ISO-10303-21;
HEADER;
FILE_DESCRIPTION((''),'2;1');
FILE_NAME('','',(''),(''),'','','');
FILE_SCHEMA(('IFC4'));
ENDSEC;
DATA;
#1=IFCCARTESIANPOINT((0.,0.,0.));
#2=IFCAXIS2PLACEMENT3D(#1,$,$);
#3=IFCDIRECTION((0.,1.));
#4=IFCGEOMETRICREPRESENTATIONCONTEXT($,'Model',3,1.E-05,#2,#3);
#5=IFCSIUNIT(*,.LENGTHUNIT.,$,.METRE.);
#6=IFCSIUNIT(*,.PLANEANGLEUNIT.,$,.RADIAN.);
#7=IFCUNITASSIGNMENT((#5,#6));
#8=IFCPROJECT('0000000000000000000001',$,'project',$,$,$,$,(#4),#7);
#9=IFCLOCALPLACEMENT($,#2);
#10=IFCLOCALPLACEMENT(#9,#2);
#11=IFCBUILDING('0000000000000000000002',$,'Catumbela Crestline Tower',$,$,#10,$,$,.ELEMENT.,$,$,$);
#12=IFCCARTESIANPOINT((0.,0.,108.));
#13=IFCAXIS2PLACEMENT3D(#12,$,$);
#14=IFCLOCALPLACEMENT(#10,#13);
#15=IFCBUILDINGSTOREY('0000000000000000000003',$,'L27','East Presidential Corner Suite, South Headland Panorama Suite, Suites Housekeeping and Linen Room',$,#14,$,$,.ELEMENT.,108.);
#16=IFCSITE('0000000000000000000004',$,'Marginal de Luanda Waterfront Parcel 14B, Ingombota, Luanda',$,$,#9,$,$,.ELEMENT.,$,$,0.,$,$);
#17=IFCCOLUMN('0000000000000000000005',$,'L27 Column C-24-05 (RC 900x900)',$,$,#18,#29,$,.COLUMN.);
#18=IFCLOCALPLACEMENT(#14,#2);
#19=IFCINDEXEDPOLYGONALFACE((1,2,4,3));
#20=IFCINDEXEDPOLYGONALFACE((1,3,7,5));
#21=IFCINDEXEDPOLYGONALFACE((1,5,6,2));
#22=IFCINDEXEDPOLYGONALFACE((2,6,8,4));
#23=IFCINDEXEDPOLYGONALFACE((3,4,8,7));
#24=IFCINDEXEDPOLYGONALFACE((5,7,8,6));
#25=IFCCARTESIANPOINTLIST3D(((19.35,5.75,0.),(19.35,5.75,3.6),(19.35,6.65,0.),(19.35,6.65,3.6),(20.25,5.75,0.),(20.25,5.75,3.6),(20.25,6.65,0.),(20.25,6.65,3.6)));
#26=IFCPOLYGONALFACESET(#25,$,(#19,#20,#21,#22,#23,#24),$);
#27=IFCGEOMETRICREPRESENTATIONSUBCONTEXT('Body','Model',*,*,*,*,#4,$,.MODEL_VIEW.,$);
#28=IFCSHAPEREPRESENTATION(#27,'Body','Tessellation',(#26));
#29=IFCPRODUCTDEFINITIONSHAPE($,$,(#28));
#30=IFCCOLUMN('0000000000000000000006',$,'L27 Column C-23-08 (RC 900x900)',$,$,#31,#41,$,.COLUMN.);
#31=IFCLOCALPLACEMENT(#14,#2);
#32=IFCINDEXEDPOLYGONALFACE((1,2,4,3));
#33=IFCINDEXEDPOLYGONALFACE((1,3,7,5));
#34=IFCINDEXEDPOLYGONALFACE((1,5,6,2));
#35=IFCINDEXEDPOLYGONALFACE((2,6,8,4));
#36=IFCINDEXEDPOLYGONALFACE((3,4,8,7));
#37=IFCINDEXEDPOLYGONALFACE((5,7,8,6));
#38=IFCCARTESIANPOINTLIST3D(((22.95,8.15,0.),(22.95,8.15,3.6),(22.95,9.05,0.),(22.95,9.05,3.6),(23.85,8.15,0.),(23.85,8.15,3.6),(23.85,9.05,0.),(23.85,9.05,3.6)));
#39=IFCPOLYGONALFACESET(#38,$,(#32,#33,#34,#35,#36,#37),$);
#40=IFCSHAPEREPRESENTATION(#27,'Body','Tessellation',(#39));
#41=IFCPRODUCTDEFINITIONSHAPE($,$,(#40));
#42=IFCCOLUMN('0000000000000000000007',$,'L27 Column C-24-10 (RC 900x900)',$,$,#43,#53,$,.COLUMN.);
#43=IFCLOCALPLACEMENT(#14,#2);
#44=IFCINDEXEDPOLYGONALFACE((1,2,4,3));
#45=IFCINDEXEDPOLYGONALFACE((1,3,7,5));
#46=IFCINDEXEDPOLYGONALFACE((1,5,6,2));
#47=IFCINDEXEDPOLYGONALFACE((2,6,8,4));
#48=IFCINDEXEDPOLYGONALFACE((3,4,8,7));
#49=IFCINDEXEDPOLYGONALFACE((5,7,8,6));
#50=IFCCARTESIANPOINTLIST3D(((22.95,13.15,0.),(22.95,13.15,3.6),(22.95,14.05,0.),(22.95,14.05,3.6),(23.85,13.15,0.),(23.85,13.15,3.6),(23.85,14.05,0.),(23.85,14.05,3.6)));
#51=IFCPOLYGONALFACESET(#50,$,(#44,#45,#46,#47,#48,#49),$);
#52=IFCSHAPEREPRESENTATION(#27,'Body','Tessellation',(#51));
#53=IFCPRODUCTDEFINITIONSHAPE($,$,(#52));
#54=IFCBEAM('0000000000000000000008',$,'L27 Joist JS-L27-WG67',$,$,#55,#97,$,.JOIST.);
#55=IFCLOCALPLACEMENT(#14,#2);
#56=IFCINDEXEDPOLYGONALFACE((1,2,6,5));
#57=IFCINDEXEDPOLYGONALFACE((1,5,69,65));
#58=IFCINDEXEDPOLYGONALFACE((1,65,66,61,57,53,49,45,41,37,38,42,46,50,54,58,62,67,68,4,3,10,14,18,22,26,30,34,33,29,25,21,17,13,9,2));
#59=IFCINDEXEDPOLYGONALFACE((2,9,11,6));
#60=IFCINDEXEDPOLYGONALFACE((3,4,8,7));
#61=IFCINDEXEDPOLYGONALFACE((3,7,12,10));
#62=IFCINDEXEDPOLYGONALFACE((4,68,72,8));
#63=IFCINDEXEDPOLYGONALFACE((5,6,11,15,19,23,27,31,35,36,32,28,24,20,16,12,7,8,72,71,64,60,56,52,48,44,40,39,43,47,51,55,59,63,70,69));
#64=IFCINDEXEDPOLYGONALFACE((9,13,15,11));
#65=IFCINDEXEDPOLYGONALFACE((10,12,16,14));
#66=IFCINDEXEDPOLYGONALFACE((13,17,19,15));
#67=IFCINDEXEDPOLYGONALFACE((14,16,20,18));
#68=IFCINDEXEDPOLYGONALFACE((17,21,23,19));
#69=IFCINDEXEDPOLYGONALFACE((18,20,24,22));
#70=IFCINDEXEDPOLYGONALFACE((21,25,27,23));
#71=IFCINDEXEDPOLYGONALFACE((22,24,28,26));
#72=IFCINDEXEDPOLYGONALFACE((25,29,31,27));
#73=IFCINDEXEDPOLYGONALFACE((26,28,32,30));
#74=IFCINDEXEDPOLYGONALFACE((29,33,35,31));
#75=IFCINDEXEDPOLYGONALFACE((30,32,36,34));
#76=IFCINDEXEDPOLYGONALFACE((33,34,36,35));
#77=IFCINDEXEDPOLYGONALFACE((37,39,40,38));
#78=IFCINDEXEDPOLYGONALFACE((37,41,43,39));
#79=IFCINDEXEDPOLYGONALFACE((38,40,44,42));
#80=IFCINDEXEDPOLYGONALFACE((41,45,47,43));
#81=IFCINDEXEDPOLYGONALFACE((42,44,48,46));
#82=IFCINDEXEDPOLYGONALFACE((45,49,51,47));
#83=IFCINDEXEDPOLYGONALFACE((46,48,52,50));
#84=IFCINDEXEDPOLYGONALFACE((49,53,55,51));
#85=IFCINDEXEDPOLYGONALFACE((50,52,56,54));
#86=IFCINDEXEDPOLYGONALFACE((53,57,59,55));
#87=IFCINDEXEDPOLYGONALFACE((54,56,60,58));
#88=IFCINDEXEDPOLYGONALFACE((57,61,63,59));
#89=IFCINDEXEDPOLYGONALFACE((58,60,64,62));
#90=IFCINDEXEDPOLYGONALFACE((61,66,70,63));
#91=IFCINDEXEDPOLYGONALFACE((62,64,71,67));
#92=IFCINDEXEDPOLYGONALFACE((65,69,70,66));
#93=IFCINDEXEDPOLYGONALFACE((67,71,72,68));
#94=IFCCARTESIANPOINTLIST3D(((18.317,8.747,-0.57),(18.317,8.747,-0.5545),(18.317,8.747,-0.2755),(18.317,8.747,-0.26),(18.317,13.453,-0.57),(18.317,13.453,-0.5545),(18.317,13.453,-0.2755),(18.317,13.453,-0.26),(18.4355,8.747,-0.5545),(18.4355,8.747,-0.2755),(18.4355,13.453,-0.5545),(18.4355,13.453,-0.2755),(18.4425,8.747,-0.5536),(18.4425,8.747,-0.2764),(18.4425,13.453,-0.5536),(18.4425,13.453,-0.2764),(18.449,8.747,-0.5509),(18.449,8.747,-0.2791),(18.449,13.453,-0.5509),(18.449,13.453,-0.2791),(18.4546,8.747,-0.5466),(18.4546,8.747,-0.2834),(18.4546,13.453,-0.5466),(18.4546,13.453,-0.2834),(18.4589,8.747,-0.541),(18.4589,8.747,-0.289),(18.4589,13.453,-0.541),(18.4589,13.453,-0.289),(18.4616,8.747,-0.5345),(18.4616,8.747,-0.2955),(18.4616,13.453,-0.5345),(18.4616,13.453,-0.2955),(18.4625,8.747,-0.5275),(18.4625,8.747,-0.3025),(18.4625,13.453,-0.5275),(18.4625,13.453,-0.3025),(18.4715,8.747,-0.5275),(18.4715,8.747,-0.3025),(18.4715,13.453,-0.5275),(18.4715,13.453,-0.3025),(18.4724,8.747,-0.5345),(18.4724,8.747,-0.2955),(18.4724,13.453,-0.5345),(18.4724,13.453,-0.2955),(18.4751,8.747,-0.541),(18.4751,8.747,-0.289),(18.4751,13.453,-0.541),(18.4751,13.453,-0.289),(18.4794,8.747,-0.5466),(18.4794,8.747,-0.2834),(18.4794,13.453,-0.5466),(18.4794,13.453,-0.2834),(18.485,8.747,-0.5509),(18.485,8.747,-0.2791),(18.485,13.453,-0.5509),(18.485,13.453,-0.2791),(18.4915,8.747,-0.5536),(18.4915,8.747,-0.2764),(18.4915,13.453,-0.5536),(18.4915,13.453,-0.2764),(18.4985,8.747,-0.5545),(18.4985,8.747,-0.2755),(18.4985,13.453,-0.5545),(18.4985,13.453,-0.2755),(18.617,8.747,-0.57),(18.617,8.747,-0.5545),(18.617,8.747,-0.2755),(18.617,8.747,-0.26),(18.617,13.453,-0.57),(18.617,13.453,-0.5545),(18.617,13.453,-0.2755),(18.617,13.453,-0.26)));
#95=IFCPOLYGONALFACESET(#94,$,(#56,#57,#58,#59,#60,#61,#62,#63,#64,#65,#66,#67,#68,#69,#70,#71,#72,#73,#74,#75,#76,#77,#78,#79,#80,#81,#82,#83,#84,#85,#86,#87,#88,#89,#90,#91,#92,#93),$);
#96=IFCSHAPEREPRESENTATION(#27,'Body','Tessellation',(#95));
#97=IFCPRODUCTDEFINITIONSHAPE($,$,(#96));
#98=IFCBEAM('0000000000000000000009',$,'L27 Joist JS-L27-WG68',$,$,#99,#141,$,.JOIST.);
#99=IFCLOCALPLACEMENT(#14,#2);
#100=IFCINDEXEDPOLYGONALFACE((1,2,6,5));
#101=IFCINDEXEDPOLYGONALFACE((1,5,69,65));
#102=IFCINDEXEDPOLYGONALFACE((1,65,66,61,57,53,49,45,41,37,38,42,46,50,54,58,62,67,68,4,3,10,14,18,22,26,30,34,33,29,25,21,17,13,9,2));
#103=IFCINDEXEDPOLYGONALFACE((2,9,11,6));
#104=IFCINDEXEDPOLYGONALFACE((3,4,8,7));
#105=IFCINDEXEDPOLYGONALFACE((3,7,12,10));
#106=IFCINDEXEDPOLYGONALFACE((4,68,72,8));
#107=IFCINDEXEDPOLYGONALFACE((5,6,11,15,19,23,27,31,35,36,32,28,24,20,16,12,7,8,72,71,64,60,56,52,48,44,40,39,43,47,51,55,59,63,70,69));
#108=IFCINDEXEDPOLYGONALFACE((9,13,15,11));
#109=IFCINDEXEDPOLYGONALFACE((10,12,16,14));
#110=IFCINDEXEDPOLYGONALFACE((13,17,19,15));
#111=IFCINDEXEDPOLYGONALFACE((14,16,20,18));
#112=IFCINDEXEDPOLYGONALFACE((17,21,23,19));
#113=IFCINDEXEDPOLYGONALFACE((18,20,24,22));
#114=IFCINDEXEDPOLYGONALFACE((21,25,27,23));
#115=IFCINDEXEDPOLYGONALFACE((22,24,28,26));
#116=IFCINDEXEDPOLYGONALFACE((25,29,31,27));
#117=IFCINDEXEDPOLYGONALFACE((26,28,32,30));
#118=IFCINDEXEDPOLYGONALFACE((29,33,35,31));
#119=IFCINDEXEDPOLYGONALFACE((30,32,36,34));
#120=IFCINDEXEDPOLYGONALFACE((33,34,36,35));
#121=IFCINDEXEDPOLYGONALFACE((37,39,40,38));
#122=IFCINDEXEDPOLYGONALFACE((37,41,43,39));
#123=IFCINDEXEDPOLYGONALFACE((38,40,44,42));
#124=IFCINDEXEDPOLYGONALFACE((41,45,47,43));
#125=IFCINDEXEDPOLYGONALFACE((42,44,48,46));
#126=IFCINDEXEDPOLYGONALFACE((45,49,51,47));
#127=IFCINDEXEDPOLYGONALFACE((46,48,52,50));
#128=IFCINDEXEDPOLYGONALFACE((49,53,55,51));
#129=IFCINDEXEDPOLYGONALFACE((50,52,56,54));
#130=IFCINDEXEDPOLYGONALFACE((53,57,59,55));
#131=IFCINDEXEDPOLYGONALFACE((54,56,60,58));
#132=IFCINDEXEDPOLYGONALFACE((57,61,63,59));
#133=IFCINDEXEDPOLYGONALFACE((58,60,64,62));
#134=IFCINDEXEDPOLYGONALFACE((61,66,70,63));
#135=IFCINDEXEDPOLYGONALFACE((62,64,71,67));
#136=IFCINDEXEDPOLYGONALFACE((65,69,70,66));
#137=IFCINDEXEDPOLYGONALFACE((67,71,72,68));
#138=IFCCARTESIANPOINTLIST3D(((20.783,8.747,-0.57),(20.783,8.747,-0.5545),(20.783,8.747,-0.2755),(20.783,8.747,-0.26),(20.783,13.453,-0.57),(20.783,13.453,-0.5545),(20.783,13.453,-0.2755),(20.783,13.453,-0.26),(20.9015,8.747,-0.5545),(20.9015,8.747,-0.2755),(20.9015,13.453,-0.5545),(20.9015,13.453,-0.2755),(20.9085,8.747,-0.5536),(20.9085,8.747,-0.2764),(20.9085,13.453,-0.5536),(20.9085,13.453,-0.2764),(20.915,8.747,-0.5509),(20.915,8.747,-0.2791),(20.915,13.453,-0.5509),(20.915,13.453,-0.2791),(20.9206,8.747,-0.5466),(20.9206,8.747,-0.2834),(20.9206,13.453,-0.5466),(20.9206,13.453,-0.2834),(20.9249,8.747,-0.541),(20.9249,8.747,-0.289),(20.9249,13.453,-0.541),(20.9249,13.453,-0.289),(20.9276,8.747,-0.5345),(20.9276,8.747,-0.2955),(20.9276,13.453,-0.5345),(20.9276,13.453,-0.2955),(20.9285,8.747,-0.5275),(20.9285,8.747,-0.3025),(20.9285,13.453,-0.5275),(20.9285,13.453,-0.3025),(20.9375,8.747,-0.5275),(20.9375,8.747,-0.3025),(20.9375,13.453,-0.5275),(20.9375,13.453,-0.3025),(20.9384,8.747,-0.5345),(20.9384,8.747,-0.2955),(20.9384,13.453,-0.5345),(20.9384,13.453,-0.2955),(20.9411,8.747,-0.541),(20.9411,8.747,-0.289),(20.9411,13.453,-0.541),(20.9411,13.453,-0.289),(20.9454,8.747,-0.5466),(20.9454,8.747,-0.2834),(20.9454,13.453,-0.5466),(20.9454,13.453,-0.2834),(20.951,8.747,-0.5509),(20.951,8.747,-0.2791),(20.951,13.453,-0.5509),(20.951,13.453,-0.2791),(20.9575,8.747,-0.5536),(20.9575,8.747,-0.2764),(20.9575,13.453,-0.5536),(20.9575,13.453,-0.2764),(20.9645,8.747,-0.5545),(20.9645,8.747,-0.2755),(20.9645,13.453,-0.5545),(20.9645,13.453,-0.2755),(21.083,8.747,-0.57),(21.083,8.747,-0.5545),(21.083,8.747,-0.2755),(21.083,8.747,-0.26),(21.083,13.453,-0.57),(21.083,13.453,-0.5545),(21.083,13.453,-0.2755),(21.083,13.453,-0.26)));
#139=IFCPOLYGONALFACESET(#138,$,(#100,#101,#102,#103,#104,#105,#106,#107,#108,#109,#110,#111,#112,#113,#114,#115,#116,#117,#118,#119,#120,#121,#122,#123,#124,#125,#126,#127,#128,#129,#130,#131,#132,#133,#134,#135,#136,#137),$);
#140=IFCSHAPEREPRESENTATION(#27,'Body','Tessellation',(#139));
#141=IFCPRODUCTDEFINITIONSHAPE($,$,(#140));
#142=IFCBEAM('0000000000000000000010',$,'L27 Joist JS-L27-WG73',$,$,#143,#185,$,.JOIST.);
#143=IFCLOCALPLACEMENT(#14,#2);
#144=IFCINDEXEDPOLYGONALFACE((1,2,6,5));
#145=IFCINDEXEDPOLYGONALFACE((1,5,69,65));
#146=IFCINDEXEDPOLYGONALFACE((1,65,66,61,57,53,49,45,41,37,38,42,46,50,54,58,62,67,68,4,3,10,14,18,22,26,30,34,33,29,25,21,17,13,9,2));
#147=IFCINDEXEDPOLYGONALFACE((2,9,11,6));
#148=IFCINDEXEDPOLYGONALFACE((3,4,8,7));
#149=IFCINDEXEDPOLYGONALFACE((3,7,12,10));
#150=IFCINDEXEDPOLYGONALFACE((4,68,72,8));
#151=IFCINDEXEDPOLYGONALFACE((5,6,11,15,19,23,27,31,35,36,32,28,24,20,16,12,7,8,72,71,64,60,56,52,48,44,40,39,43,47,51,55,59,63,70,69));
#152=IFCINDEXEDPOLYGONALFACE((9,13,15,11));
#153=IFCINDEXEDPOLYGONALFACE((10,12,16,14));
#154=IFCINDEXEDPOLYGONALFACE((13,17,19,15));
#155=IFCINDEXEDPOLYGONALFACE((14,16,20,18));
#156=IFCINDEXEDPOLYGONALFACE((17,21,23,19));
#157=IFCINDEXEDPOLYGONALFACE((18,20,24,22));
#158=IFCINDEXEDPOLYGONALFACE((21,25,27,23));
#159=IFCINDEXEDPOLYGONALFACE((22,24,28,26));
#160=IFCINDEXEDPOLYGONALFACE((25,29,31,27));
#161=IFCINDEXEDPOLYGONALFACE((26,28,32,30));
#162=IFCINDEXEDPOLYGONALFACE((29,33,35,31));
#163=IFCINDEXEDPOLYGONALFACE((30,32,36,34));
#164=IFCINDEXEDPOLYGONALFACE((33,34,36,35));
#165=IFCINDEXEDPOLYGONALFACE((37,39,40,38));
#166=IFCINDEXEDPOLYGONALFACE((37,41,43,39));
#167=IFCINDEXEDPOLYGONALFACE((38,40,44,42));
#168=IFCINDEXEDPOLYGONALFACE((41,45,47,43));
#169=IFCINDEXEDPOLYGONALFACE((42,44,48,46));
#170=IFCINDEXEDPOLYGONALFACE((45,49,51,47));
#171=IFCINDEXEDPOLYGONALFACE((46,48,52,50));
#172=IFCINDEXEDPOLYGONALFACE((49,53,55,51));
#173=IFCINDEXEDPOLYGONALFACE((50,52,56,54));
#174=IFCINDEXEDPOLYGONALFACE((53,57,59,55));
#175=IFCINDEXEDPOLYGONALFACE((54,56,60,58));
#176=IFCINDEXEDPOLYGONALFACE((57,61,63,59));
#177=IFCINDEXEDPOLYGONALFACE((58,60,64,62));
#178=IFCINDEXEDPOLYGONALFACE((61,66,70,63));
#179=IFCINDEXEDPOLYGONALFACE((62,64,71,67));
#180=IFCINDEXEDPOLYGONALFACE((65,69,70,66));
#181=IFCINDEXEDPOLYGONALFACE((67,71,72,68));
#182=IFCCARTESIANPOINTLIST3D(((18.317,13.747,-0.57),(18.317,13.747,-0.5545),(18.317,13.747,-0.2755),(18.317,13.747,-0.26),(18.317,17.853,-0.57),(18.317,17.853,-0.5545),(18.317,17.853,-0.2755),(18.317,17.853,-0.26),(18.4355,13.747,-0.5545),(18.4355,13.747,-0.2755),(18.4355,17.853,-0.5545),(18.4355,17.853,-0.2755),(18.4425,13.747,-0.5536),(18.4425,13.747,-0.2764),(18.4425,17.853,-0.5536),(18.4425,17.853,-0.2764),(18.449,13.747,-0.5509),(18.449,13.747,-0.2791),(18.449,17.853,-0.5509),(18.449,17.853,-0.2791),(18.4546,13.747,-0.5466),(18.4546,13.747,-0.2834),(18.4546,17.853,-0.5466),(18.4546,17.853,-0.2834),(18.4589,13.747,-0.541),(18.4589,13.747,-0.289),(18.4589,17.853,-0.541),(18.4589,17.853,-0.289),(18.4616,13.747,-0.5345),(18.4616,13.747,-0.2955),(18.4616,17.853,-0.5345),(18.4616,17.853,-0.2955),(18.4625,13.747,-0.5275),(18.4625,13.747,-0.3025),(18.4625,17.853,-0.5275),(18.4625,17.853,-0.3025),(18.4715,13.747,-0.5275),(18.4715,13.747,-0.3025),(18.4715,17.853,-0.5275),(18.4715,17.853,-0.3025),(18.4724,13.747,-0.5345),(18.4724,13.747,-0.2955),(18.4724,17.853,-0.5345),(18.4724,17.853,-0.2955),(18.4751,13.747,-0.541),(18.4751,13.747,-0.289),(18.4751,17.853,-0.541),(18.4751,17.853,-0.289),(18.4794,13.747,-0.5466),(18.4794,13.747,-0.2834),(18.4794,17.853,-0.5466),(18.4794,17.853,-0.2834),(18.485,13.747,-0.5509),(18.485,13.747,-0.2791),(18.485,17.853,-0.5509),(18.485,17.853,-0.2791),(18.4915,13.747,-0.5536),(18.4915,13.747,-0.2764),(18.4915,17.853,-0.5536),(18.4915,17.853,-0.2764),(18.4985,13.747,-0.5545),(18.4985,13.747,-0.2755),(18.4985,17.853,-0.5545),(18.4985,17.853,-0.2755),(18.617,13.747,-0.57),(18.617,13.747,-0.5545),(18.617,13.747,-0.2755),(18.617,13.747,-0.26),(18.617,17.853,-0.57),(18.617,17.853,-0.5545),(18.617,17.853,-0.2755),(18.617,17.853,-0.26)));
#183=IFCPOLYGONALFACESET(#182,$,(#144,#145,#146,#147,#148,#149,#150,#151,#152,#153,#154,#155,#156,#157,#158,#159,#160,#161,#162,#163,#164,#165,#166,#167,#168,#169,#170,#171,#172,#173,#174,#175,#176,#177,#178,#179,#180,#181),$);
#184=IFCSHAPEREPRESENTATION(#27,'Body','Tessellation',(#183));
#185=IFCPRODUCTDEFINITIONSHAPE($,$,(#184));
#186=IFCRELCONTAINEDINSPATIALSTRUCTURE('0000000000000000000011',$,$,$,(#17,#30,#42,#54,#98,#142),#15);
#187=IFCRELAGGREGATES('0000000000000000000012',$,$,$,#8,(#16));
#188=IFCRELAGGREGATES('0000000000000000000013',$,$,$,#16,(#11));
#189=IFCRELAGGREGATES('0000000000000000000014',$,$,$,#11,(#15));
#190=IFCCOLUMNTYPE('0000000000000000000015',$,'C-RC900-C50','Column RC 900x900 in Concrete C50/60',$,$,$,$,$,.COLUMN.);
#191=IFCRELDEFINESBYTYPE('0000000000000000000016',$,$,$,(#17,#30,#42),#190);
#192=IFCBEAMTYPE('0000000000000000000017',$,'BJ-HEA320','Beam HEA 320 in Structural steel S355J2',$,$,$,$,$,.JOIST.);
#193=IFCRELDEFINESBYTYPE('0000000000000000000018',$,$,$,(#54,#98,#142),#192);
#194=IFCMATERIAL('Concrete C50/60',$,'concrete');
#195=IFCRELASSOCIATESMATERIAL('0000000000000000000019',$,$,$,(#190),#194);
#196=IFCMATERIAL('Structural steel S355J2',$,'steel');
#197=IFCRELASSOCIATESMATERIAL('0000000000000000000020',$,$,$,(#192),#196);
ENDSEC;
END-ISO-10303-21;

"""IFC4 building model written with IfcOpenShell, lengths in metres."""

from ifc_helpers import new_model, si_unit, direction, frame, origin, origin_2d, place, context, subcontext, project, spatial, rectangle, i_section, extrude, material, material_profile, profile_set, type_object, element, save


model = new_model("IFC4")

# Units and contexts
model_context = context("Model", 3, precision=1e-05, world=origin(), true_north=direction((0.0, 1.0)))
body_context = subcontext(model_context, "Body", "Model", "MODEL_VIEW")
ifc_project = project(units=[si_unit("LENGTHUNIT", "METRE"), si_unit("PLANEANGLEUNIT", "RADIAN")], contexts=[model_context])

# Site, building, storey
site_placement = place(None, origin())
site = spatial("IfcSite", under=ifc_project, at=site_placement, Name="Marginal de Luanda Waterfront Parcel 14B, Ingombota, Luanda", CompositionType="ELEMENT", RefElevation=0.0)
building_placement = place(site_placement, origin())
building = spatial("IfcBuilding", under=site, at=building_placement, Name="Catumbela Crestline Tower", CompositionType="ELEMENT")
storey_placement = place(building_placement, frame((0.0, 0.0, 108.0)))
storey = spatial("IfcBuildingStorey", under=building, at=storey_placement, Name="L27", Description="East Presidential Corner Suite, South Headland Panorama Suite, Suites Housekeeping and Linen Room", CompositionType="ELEMENT", Elevation=108.0)

# Columns
ifc_material_1 = material(Name="Concrete C50/60", Category="concrete")
ifc_material_profile_1 = material_profile(ifc_material_1, rectangle(XDim=0.9, YDim=0.9, at=origin_2d()), Name="RC 900x900")
ifc_profile_set_1 = profile_set([ifc_material_profile_1], Name="Concrete C50/60")
column_type = type_object("IfcColumnType", Name="C-RC900-C50", Description="Column RC 900x900 in Concrete C50/60", PredefinedType="COLUMN", material=ifc_profile_set_1)
for number, where, z_axis, x_axis, name in (
    (1, (19.8, 6.2, 0.0), (0.0, 0.0, 1.0), (1.0, 0.0, 0.0), "L27 Column C-24-05 (RC 900x900)"),
    (2, (23.4, 8.6, 0.0), (0.0, 0.0, 1.0), (1.0, 0.0, 0.0), "L27 Column C-23-08 (RC 900x900)"),
    (3, (23.4, 13.6, 0.0), (0.0, 0.0, 1.0), (1.0, 0.0, 0.0), "L27 Column C-24-10 (RC 900x900)"),
):
    element("IfcColumn", number, at=place(storey_placement, frame(where, z_axis=z_axis, x_axis=x_axis)), inside=storey, type_object=column_type, Name=name, PredefinedType="COLUMN", context=body_context, shape_type="SweptSolid", body=[
        extrude(rectangle(XDim=0.9, YDim=0.9, at=origin_2d()), origin(), (0.0, 0.0, 1.0), 3.6),
    ])

# Beams
ifc_material_2 = material(Name="Structural steel S355J2", Category="steel")
ifc_material_profile_2 = material_profile(ifc_material_2, i_section(OverallWidth=0.3, OverallDepth=0.31, WebThickness=0.009, FlangeThickness=0.0155, FilletRadius=0.027, at=origin_2d()), Name="HEA 320")
ifc_profile_set_2 = profile_set([ifc_material_profile_2], Name="Structural steel S355J2")
beam_type_1 = type_object("IfcBeamType", Name="BJ-HEA320", Description="Beam HEA 320 in Structural steel S355J2", PredefinedType="JOIST", material=ifc_profile_set_2)
for number, where, z_axis, x_axis, name in (
    (4, (18.467, 8.747, -0.415), (0.0, 1.0, 0.0), (-1.0, 0.0, 0.0), "L27 Joist JS-L27-WG67"),
    (5, (20.933, 8.747, -0.415), (0.0, 1.0, 0.0), (-1.0, 0.0, 0.0), "L27 Joist JS-L27-WG68"),
):
    element("IfcBeam", number, at=place(storey_placement, frame(where, z_axis=z_axis, x_axis=x_axis)), inside=storey, type_object=beam_type_1, Name=name, PredefinedType="JOIST", context=body_context, shape_type="SweptSolid", body=[
        extrude(i_section(OverallWidth=0.3, OverallDepth=0.31, WebThickness=0.009, FlangeThickness=0.0155, FilletRadius=0.027, at=origin_2d()), origin(), (0.0, 0.0, 1.0), 4.706),
    ])
for number, where, z_axis, x_axis, name in (
    (6, (18.467, 13.747, -0.415), (0.0, 1.0, 0.0), (-1.0, 0.0, 0.0), "L27 Joist JS-L27-WG73"),
):
    element("IfcBeam", number, at=place(storey_placement, frame(where, z_axis=z_axis, x_axis=x_axis)), inside=storey, type_object=beam_type_1, Name=name, PredefinedType="JOIST", context=body_context, shape_type="SweptSolid", body=[
        extrude(i_section(OverallWidth=0.3, OverallDepth=0.31, WebThickness=0.009, FlangeThickness=0.0155, FilletRadius=0.027, at=origin_2d()), origin(), (0.0, 0.0, 1.0), 4.106),
    ])

save(model, "model.ifc")
